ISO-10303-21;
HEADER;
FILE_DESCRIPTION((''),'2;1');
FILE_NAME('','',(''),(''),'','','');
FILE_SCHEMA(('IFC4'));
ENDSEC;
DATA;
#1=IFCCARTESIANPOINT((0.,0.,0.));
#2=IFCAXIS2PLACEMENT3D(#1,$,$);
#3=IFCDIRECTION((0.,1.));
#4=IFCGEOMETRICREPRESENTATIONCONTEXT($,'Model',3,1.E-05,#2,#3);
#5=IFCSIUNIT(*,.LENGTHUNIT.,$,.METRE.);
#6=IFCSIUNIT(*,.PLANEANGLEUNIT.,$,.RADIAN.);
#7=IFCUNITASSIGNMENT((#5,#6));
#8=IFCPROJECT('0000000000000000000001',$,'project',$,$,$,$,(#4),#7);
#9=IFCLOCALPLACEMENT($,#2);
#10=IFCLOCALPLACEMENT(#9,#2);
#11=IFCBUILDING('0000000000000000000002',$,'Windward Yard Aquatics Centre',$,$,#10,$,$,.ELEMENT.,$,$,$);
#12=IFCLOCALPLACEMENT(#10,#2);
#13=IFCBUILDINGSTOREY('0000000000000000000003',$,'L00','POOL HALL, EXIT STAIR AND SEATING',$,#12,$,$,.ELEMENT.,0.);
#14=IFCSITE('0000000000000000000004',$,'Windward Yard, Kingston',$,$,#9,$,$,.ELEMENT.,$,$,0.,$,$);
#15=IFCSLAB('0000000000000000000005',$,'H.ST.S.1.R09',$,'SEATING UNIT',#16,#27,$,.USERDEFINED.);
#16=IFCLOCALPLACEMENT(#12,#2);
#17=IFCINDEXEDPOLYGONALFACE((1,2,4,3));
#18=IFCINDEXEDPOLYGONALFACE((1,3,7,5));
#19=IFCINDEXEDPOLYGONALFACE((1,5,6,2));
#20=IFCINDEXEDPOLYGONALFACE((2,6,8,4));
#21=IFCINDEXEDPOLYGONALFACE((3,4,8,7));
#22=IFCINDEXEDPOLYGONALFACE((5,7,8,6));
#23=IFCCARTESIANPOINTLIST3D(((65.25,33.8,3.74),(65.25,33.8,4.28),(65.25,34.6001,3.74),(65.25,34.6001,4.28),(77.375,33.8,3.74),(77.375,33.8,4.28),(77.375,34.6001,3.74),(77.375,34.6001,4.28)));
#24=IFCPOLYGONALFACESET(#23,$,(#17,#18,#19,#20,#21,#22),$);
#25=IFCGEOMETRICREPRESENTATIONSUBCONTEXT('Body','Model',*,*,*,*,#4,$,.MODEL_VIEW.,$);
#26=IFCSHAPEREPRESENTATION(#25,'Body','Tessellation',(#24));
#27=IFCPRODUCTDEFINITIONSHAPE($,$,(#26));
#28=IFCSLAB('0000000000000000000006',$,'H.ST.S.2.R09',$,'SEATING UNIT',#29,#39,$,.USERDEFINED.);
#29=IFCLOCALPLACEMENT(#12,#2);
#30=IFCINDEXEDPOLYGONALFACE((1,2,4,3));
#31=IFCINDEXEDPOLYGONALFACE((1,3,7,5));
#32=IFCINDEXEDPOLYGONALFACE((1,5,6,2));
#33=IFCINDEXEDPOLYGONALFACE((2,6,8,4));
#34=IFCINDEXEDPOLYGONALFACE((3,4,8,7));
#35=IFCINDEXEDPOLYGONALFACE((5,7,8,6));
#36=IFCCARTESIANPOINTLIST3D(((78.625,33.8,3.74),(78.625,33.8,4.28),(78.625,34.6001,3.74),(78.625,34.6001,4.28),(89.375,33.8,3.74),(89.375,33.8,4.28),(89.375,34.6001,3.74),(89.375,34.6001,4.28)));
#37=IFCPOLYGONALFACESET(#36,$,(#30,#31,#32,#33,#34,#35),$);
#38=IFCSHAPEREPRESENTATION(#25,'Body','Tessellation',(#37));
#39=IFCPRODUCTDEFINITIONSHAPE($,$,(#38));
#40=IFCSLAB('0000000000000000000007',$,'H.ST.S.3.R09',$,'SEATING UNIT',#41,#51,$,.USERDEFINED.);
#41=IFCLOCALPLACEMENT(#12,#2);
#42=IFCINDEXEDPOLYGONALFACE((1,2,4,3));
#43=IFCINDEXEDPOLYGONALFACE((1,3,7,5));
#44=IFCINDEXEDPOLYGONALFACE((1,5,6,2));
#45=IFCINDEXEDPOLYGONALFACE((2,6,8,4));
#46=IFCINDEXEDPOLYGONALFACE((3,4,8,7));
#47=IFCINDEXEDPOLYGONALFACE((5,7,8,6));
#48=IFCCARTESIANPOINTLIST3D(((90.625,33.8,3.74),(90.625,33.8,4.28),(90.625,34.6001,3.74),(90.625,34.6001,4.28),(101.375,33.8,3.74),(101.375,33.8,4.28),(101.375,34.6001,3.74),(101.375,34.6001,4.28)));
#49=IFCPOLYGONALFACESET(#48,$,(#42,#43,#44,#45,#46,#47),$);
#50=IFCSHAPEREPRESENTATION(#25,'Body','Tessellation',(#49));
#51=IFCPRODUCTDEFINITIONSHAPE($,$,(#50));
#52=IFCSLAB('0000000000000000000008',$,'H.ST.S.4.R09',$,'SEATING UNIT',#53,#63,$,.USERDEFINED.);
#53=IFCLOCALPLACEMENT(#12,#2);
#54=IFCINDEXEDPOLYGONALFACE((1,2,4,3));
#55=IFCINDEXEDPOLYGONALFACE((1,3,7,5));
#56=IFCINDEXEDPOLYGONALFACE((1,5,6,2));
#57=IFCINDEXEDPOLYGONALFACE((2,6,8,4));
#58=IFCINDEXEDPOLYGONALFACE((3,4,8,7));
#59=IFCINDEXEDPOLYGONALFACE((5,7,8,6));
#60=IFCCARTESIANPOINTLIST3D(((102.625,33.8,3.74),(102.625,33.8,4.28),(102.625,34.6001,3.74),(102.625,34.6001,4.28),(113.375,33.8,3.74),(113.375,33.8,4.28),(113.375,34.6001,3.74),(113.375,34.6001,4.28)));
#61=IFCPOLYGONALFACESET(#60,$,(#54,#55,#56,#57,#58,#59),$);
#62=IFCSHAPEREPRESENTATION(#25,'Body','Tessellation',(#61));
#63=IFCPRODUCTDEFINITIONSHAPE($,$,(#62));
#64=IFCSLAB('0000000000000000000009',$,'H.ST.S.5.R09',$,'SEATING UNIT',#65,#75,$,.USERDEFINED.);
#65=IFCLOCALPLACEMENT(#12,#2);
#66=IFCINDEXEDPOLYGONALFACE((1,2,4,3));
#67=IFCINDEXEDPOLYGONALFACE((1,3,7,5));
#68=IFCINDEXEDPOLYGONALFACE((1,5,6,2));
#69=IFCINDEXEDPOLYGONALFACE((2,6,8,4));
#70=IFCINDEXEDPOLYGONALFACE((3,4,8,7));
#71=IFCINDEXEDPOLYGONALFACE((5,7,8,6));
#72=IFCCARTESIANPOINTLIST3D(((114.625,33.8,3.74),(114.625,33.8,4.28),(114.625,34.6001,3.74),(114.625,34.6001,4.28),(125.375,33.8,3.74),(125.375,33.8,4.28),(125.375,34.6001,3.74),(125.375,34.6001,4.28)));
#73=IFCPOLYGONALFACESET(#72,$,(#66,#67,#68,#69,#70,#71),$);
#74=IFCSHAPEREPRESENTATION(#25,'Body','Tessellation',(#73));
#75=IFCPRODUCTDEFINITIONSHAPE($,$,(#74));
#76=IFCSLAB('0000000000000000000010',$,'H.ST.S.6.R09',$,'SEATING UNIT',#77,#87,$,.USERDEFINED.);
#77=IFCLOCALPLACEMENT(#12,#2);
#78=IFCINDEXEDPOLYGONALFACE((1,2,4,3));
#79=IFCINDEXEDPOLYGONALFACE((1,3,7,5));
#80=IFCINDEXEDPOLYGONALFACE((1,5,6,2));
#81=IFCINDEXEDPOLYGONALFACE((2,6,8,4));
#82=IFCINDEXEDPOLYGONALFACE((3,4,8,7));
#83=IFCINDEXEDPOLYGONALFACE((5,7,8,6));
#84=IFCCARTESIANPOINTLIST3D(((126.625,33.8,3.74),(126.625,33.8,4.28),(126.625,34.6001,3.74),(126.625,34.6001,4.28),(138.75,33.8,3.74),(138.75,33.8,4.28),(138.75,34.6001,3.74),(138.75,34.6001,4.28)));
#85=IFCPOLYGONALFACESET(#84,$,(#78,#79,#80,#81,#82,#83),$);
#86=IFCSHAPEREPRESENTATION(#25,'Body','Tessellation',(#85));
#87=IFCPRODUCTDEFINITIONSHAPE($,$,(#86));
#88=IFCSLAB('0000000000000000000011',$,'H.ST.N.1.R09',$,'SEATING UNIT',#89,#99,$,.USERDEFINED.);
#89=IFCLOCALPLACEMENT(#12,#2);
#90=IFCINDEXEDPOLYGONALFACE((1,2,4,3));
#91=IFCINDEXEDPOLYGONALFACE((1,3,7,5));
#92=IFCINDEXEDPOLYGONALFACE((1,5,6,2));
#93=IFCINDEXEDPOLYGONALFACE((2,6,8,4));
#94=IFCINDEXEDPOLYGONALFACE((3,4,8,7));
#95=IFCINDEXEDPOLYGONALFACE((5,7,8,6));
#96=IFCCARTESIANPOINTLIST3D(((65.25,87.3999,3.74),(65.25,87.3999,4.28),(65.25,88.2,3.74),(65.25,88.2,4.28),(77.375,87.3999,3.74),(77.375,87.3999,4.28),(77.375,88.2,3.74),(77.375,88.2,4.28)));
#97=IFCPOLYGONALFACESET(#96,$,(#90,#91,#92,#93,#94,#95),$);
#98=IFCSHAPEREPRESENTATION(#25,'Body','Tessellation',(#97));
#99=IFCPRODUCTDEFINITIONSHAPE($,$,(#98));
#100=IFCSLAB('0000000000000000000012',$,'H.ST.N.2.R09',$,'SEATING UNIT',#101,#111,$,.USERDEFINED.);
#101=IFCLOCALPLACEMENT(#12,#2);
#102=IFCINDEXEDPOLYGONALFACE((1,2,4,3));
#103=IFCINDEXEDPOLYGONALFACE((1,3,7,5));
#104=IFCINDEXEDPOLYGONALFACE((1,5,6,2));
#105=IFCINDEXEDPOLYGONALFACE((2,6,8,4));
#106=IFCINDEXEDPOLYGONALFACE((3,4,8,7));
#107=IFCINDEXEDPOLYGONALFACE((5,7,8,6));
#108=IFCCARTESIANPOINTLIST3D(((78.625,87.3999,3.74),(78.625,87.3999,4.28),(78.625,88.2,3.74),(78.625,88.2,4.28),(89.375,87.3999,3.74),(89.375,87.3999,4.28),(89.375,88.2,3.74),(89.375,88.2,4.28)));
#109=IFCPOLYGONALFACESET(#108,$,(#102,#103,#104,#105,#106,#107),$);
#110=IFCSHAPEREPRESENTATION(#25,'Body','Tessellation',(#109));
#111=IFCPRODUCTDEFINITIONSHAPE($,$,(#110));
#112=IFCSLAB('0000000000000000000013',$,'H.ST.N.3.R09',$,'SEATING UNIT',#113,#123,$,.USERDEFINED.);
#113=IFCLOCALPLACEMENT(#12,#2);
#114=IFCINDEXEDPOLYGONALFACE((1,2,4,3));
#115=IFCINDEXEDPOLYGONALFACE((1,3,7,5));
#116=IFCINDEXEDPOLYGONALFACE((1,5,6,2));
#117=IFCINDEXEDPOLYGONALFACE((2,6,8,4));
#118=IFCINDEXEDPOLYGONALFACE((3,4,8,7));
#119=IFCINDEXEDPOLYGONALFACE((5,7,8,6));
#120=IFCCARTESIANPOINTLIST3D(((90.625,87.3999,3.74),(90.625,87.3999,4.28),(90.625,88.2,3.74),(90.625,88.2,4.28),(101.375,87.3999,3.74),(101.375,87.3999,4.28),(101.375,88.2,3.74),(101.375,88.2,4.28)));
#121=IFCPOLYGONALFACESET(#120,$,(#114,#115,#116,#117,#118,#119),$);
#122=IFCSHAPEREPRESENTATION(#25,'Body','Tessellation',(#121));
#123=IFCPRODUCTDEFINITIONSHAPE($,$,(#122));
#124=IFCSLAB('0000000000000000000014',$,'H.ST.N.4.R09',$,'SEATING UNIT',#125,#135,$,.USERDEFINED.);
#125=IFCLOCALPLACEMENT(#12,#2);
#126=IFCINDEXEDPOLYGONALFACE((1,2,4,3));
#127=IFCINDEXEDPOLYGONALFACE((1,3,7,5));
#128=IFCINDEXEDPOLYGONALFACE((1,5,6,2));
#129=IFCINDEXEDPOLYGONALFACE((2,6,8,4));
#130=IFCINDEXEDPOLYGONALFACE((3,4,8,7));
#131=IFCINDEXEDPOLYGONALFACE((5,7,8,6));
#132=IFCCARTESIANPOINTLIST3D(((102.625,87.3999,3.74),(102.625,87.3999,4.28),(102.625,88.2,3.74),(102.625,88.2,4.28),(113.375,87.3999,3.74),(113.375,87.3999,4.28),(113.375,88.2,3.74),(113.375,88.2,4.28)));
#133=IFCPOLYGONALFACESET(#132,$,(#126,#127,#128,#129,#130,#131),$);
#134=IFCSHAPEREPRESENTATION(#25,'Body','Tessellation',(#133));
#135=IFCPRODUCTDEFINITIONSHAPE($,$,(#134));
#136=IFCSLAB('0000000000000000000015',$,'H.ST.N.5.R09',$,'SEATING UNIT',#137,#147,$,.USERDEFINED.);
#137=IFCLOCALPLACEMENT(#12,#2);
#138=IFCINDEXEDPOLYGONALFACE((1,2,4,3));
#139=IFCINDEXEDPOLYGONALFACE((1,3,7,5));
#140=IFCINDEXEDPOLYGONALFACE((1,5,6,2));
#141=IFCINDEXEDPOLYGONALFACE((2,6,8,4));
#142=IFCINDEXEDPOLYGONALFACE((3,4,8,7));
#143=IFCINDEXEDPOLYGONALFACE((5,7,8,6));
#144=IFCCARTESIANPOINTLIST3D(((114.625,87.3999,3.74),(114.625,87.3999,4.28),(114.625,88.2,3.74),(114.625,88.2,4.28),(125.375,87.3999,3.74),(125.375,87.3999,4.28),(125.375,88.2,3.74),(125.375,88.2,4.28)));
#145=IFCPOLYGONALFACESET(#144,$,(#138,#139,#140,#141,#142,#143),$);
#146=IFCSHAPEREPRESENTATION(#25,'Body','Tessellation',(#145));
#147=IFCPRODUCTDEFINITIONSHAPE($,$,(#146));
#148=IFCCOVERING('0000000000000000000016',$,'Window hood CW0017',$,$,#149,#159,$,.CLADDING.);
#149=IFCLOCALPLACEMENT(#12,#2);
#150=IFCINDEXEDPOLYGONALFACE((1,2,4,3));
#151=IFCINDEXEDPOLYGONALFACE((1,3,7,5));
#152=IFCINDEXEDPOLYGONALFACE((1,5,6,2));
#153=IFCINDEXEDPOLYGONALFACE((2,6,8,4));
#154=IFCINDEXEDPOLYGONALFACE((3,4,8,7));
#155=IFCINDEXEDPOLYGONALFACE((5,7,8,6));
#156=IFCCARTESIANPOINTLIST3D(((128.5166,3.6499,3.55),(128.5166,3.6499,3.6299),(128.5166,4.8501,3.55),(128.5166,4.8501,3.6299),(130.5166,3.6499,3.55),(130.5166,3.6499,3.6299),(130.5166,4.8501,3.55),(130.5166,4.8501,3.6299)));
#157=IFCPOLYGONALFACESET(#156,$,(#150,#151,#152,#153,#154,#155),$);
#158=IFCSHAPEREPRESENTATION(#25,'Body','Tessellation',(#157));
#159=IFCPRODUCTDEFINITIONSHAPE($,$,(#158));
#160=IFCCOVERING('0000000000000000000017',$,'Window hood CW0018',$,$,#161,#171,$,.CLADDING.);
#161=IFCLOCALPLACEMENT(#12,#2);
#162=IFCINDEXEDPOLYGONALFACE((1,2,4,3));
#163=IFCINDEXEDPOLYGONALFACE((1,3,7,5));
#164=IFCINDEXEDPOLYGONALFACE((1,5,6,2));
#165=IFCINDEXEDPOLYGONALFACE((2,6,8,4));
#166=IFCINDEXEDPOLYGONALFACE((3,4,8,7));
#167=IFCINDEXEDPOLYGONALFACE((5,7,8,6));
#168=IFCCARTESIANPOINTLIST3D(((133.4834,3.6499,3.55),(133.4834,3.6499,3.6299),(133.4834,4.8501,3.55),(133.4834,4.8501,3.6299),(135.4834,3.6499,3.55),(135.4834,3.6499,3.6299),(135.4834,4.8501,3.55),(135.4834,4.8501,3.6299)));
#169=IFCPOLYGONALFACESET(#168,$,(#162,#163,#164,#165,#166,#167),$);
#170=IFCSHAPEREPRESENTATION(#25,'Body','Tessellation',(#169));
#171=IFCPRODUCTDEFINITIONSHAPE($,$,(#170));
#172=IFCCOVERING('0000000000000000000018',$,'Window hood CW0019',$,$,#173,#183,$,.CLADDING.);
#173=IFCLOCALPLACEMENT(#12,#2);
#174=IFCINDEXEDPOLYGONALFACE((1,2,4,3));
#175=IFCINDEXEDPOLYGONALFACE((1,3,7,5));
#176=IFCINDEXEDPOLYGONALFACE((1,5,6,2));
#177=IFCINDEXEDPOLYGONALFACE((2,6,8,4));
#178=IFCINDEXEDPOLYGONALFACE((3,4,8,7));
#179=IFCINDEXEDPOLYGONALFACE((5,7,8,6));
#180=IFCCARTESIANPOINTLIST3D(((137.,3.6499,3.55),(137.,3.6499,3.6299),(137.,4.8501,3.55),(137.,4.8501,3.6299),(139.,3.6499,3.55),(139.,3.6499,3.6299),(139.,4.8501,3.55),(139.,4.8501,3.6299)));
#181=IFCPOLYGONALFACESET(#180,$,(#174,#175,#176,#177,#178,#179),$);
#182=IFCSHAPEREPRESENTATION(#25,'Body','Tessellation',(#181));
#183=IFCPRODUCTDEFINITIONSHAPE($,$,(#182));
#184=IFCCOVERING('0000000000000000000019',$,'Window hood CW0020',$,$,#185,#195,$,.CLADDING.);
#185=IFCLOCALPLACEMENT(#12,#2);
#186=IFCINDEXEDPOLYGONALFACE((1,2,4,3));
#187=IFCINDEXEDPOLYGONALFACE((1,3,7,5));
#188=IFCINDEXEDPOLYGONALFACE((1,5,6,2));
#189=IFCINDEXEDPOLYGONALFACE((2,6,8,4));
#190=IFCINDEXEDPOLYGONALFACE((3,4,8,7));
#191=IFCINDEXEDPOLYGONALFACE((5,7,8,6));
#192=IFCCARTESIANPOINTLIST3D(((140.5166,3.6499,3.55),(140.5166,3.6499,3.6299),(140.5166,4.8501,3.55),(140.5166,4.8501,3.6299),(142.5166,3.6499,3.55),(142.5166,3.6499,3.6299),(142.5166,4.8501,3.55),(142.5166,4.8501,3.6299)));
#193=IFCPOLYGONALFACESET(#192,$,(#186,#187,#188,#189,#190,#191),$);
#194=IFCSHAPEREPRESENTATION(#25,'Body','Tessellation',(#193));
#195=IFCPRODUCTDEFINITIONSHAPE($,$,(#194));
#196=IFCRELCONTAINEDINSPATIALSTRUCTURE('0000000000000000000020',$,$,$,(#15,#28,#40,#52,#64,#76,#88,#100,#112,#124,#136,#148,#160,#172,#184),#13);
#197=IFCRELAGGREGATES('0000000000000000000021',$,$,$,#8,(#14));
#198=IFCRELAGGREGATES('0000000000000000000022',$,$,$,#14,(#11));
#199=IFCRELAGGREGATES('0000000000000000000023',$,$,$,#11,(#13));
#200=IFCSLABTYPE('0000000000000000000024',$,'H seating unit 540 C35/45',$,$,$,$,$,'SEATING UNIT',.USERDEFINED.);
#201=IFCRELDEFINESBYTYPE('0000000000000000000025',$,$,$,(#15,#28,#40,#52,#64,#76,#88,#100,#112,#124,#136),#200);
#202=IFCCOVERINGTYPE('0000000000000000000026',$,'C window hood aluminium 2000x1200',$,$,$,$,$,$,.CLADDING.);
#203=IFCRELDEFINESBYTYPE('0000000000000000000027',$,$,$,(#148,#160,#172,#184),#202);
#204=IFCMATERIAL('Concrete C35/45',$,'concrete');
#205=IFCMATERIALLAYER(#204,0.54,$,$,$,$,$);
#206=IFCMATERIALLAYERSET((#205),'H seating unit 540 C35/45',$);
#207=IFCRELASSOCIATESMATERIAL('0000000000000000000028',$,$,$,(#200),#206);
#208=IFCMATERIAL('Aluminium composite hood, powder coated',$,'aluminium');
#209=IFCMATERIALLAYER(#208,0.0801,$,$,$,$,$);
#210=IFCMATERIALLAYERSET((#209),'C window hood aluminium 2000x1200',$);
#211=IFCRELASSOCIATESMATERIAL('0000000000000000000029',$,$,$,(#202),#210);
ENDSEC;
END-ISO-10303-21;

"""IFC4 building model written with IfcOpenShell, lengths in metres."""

from ifc_helpers import new_model, si_unit, direction, frame, origin, place, context, subcontext, project, spatial, polyline, outline, extrude, material, layer, layer_set, type_object, element, save


model = new_model("IFC4")

# Units and contexts
model_context = context("Model", 3, precision=1e-05, world=origin(), true_north=direction((0.0, 1.0)))
body_context = subcontext(model_context, "Body", "Model", "MODEL_VIEW")
ifc_project = project(units=[si_unit("LENGTHUNIT", "METRE"), si_unit("PLANEANGLEUNIT", "RADIAN")], contexts=[model_context])

# Site, building, storey
site_placement = place(None, origin())
site = spatial("IfcSite", under=ifc_project, at=site_placement, Name="Windward Yard, Kingston", CompositionType="ELEMENT", RefElevation=0.0)
building_placement = place(site_placement, origin())
building = spatial("IfcBuilding", under=site, at=building_placement, Name="Windward Yard Aquatics Centre", CompositionType="ELEMENT")
storey_placement = place(building_placement, origin())
storey = spatial("IfcBuildingStorey", under=building, at=storey_placement, Name="L00", Description="POOL HALL, EXIT STAIR AND SEATING", CompositionType="ELEMENT", Elevation=0.0)

# Slabs
ifc_material_1 = material(Name="Concrete C35/45", Category="concrete")
ifc_layer_1 = layer(ifc_material_1, 0.54)
ifc_layer_set_1 = layer_set([ifc_layer_1], Name="H seating unit 540 C35/45")
slab_type = type_object("IfcSlabType", Name="H seating unit 540 C35/45", ElementType="SEATING UNIT", PredefinedType="USERDEFINED", material=ifc_layer_set_1)
slab_1_placement = place(storey_placement, frame((0.0, 0.0, 3.74)))
element("IfcSlab", 1, at=slab_1_placement, inside=storey, type_object=slab_type, Name="H.ST.S.1.R09", ObjectType="SEATING UNIT", PredefinedType="USERDEFINED", context=body_context, shape_type="SweptSolid", body=[
    extrude(outline(polyline([(65.25, 33.8), (77.375, 33.8), (77.375, 34.6001), (65.25, 34.6001), (65.25, 33.8)])), origin(), (0.0, 0.0, 1.0), 0.54),
])
slab_2_placement = place(storey_placement, frame((0.0, 0.0, 3.74)))
element("IfcSlab", 2, at=slab_2_placement, inside=storey, type_object=slab_type, Name="H.ST.S.2.R09", ObjectType="SEATING UNIT", PredefinedType="USERDEFINED", context=body_context, shape_type="SweptSolid", body=[
    extrude(outline(polyline([(78.625, 33.8), (89.375, 33.8), (89.375, 34.6001), (78.625, 34.6001), (78.625, 33.8)])), origin(), (0.0, 0.0, 1.0), 0.54),
])
slab_3_placement = place(storey_placement, frame((0.0, 0.0, 3.74)))
element("IfcSlab", 3, at=slab_3_placement, inside=storey, type_object=slab_type, Name="H.ST.S.3.R09", ObjectType="SEATING UNIT", PredefinedType="USERDEFINED", context=body_context, shape_type="SweptSolid", body=[
    extrude(outline(polyline([(90.625, 33.8), (101.375, 33.8), (101.375, 34.6001), (90.625, 34.6001), (90.625, 33.8)])), origin(), (0.0, 0.0, 1.0), 0.54),
])
slab_4_placement = place(storey_placement, frame((0.0, 0.0, 3.74)))
element("IfcSlab", 4, at=slab_4_placement, inside=storey, type_object=slab_type, Name="H.ST.S.4.R09", ObjectType="SEATING UNIT", PredefinedType="USERDEFINED", context=body_context, shape_type="SweptSolid", body=[
    extrude(outline(polyline([(102.625, 33.8), (113.375, 33.8), (113.375, 34.6001), (102.625, 34.6001), (102.625, 33.8)])), origin(), (0.0, 0.0, 1.0), 0.54),
])
slab_5_placement = place(storey_placement, frame((0.0, 0.0, 3.74)))
element("IfcSlab", 5, at=slab_5_placement, inside=storey, type_object=slab_type, Name="H.ST.S.5.R09", ObjectType="SEATING UNIT", PredefinedType="USERDEFINED", context=body_context, shape_type="SweptSolid", body=[
    extrude(outline(polyline([(114.625, 33.8), (125.375, 33.8), (125.375, 34.6001), (114.625, 34.6001), (114.625, 33.8)])), origin(), (0.0, 0.0, 1.0), 0.54),
])
slab_6_placement = place(storey_placement, frame((0.0, 0.0, 3.74)))
element("IfcSlab", 6, at=slab_6_placement, inside=storey, type_object=slab_type, Name="H.ST.S.6.R09", ObjectType="SEATING UNIT", PredefinedType="USERDEFINED", context=body_context, shape_type="SweptSolid", body=[
    extrude(outline(polyline([(126.625, 33.8), (138.75, 33.8), (138.75, 34.6001), (126.625, 34.6001), (126.625, 33.8)])), origin(), (0.0, 0.0, 1.0), 0.54),
])
slab_7_placement = place(storey_placement, frame((0.0, 0.0, 3.74)))
element("IfcSlab", 7, at=slab_7_placement, inside=storey, type_object=slab_type, Name="H.ST.N.1.R09", ObjectType="SEATING UNIT", PredefinedType="USERDEFINED", context=body_context, shape_type="SweptSolid", body=[
    extrude(outline(polyline([(65.25, 87.3999), (77.375, 87.3999), (77.375, 88.2), (65.25, 88.2), (65.25, 87.3999)])), origin(), (0.0, 0.0, 1.0), 0.54),
])
slab_8_placement = place(storey_placement, frame((0.0, 0.0, 3.74)))
element("IfcSlab", 8, at=slab_8_placement, inside=storey, type_object=slab_type, Name="H.ST.N.2.R09", ObjectType="SEATING UNIT", PredefinedType="USERDEFINED", context=body_context, shape_type="SweptSolid", body=[
    extrude(outline(polyline([(78.625, 87.3999), (89.375, 87.3999), (89.375, 88.2), (78.625, 88.2), (78.625, 87.3999)])), origin(), (0.0, 0.0, 1.0), 0.54),
])
slab_9_placement = place(storey_placement, frame((0.0, 0.0, 3.74)))
element("IfcSlab", 9, at=slab_9_placement, inside=storey, type_object=slab_type, Name="H.ST.N.3.R09", ObjectType="SEATING UNIT", PredefinedType="USERDEFINED", context=body_context, shape_type="SweptSolid", body=[
    extrude(outline(polyline([(90.625, 87.3999), (101.375, 87.3999), (101.375, 88.2), (90.625, 88.2), (90.625, 87.3999)])), origin(), (0.0, 0.0, 1.0), 0.54),
])
slab_10_placement = place(storey_placement, frame((0.0, 0.0, 3.74)))
element("IfcSlab", 10, at=slab_10_placement, inside=storey, type_object=slab_type, Name="H.ST.N.4.R09", ObjectType="SEATING UNIT", PredefinedType="USERDEFINED", context=body_context, shape_type="SweptSolid", body=[
    extrude(outline(polyline([(102.625, 87.3999), (113.375, 87.3999), (113.375, 88.2), (102.625, 88.2), (102.625, 87.3999)])), origin(), (0.0, 0.0, 1.0), 0.54),
])
slab_11_placement = place(storey_placement, frame((0.0, 0.0, 3.74)))
element("IfcSlab", 11, at=slab_11_placement, inside=storey, type_object=slab_type, Name="H.ST.N.5.R09", ObjectType="SEATING UNIT", PredefinedType="USERDEFINED", context=body_context, shape_type="SweptSolid", body=[
    extrude(outline(polyline([(114.625, 87.3999), (125.375, 87.3999), (125.375, 88.2), (114.625, 88.2), (114.625, 87.3999)])), origin(), (0.0, 0.0, 1.0), 0.54),
])

# Coverings
ifc_material_2 = material(Name="Aluminium composite hood, powder coated", Category="aluminium")
ifc_layer_2 = layer(ifc_material_2, 0.0801)
ifc_layer_set_2 = layer_set([ifc_layer_2], Name="C window hood aluminium 2000x1200")
covering_type = type_object("IfcCoveringType", Name="C window hood aluminium 2000x1200", PredefinedType="CLADDING", material=ifc_layer_set_2)
covering_1_placement = place(storey_placement, frame((0.0, 0.0, 3.55)))
element("IfcCovering", 12, at=covering_1_placement, inside=storey, type_object=covering_type, Name="Window hood CW0017", PredefinedType="CLADDING", context=body_context, shape_type="SweptSolid", body=[
    extrude(outline(polyline([(128.5166, 3.6499), (128.5166, 4.8501), (130.5166, 4.8501), (130.5166, 3.6499), (128.5166, 3.6499)])), origin(), (0.0, 0.0, 1.0), 0.0798),
])
covering_2_placement = place(storey_placement, frame((0.0, 0.0, 3.55)))
element("IfcCovering", 13, at=covering_2_placement, inside=storey, type_object=covering_type, Name="Window hood CW0018", PredefinedType="CLADDING", context=body_context, shape_type="SweptSolid", body=[
    extrude(outline(polyline([(133.4834, 3.6499), (133.4834, 4.8501), (135.4834, 4.8501), (135.4834, 3.6499), (133.4834, 3.6499)])), origin(), (0.0, 0.0, 1.0), 0.0798),
])
covering_3_placement = place(storey_placement, frame((0.0, 0.0, 3.55)))
element("IfcCovering", 14, at=covering_3_placement, inside=storey, type_object=covering_type, Name="Window hood CW0019", PredefinedType="CLADDING", context=body_context, shape_type="SweptSolid", body=[
    extrude(outline(polyline([(137.0, 3.6499), (137.0, 4.8501), (139.0, 4.8501), (139.0, 3.6499), (137.0, 3.6499)])), origin(), (0.0, 0.0, 1.0), 0.0798),
])
covering_4_placement = place(storey_placement, frame((0.0, 0.0, 3.55)))
element("IfcCovering", 15, at=covering_4_placement, inside=storey, type_object=covering_type, Name="Window hood CW0020", PredefinedType="CLADDING", context=body_context, shape_type="SweptSolid", body=[
    extrude(outline(polyline([(140.5166, 3.6499), (140.5166, 4.8501), (142.5166, 4.8501), (142.5166, 3.6499), (140.5166, 3.6499)])), origin(), (0.0, 0.0, 1.0), 0.0798),
])

save(model, "model.ifc")
